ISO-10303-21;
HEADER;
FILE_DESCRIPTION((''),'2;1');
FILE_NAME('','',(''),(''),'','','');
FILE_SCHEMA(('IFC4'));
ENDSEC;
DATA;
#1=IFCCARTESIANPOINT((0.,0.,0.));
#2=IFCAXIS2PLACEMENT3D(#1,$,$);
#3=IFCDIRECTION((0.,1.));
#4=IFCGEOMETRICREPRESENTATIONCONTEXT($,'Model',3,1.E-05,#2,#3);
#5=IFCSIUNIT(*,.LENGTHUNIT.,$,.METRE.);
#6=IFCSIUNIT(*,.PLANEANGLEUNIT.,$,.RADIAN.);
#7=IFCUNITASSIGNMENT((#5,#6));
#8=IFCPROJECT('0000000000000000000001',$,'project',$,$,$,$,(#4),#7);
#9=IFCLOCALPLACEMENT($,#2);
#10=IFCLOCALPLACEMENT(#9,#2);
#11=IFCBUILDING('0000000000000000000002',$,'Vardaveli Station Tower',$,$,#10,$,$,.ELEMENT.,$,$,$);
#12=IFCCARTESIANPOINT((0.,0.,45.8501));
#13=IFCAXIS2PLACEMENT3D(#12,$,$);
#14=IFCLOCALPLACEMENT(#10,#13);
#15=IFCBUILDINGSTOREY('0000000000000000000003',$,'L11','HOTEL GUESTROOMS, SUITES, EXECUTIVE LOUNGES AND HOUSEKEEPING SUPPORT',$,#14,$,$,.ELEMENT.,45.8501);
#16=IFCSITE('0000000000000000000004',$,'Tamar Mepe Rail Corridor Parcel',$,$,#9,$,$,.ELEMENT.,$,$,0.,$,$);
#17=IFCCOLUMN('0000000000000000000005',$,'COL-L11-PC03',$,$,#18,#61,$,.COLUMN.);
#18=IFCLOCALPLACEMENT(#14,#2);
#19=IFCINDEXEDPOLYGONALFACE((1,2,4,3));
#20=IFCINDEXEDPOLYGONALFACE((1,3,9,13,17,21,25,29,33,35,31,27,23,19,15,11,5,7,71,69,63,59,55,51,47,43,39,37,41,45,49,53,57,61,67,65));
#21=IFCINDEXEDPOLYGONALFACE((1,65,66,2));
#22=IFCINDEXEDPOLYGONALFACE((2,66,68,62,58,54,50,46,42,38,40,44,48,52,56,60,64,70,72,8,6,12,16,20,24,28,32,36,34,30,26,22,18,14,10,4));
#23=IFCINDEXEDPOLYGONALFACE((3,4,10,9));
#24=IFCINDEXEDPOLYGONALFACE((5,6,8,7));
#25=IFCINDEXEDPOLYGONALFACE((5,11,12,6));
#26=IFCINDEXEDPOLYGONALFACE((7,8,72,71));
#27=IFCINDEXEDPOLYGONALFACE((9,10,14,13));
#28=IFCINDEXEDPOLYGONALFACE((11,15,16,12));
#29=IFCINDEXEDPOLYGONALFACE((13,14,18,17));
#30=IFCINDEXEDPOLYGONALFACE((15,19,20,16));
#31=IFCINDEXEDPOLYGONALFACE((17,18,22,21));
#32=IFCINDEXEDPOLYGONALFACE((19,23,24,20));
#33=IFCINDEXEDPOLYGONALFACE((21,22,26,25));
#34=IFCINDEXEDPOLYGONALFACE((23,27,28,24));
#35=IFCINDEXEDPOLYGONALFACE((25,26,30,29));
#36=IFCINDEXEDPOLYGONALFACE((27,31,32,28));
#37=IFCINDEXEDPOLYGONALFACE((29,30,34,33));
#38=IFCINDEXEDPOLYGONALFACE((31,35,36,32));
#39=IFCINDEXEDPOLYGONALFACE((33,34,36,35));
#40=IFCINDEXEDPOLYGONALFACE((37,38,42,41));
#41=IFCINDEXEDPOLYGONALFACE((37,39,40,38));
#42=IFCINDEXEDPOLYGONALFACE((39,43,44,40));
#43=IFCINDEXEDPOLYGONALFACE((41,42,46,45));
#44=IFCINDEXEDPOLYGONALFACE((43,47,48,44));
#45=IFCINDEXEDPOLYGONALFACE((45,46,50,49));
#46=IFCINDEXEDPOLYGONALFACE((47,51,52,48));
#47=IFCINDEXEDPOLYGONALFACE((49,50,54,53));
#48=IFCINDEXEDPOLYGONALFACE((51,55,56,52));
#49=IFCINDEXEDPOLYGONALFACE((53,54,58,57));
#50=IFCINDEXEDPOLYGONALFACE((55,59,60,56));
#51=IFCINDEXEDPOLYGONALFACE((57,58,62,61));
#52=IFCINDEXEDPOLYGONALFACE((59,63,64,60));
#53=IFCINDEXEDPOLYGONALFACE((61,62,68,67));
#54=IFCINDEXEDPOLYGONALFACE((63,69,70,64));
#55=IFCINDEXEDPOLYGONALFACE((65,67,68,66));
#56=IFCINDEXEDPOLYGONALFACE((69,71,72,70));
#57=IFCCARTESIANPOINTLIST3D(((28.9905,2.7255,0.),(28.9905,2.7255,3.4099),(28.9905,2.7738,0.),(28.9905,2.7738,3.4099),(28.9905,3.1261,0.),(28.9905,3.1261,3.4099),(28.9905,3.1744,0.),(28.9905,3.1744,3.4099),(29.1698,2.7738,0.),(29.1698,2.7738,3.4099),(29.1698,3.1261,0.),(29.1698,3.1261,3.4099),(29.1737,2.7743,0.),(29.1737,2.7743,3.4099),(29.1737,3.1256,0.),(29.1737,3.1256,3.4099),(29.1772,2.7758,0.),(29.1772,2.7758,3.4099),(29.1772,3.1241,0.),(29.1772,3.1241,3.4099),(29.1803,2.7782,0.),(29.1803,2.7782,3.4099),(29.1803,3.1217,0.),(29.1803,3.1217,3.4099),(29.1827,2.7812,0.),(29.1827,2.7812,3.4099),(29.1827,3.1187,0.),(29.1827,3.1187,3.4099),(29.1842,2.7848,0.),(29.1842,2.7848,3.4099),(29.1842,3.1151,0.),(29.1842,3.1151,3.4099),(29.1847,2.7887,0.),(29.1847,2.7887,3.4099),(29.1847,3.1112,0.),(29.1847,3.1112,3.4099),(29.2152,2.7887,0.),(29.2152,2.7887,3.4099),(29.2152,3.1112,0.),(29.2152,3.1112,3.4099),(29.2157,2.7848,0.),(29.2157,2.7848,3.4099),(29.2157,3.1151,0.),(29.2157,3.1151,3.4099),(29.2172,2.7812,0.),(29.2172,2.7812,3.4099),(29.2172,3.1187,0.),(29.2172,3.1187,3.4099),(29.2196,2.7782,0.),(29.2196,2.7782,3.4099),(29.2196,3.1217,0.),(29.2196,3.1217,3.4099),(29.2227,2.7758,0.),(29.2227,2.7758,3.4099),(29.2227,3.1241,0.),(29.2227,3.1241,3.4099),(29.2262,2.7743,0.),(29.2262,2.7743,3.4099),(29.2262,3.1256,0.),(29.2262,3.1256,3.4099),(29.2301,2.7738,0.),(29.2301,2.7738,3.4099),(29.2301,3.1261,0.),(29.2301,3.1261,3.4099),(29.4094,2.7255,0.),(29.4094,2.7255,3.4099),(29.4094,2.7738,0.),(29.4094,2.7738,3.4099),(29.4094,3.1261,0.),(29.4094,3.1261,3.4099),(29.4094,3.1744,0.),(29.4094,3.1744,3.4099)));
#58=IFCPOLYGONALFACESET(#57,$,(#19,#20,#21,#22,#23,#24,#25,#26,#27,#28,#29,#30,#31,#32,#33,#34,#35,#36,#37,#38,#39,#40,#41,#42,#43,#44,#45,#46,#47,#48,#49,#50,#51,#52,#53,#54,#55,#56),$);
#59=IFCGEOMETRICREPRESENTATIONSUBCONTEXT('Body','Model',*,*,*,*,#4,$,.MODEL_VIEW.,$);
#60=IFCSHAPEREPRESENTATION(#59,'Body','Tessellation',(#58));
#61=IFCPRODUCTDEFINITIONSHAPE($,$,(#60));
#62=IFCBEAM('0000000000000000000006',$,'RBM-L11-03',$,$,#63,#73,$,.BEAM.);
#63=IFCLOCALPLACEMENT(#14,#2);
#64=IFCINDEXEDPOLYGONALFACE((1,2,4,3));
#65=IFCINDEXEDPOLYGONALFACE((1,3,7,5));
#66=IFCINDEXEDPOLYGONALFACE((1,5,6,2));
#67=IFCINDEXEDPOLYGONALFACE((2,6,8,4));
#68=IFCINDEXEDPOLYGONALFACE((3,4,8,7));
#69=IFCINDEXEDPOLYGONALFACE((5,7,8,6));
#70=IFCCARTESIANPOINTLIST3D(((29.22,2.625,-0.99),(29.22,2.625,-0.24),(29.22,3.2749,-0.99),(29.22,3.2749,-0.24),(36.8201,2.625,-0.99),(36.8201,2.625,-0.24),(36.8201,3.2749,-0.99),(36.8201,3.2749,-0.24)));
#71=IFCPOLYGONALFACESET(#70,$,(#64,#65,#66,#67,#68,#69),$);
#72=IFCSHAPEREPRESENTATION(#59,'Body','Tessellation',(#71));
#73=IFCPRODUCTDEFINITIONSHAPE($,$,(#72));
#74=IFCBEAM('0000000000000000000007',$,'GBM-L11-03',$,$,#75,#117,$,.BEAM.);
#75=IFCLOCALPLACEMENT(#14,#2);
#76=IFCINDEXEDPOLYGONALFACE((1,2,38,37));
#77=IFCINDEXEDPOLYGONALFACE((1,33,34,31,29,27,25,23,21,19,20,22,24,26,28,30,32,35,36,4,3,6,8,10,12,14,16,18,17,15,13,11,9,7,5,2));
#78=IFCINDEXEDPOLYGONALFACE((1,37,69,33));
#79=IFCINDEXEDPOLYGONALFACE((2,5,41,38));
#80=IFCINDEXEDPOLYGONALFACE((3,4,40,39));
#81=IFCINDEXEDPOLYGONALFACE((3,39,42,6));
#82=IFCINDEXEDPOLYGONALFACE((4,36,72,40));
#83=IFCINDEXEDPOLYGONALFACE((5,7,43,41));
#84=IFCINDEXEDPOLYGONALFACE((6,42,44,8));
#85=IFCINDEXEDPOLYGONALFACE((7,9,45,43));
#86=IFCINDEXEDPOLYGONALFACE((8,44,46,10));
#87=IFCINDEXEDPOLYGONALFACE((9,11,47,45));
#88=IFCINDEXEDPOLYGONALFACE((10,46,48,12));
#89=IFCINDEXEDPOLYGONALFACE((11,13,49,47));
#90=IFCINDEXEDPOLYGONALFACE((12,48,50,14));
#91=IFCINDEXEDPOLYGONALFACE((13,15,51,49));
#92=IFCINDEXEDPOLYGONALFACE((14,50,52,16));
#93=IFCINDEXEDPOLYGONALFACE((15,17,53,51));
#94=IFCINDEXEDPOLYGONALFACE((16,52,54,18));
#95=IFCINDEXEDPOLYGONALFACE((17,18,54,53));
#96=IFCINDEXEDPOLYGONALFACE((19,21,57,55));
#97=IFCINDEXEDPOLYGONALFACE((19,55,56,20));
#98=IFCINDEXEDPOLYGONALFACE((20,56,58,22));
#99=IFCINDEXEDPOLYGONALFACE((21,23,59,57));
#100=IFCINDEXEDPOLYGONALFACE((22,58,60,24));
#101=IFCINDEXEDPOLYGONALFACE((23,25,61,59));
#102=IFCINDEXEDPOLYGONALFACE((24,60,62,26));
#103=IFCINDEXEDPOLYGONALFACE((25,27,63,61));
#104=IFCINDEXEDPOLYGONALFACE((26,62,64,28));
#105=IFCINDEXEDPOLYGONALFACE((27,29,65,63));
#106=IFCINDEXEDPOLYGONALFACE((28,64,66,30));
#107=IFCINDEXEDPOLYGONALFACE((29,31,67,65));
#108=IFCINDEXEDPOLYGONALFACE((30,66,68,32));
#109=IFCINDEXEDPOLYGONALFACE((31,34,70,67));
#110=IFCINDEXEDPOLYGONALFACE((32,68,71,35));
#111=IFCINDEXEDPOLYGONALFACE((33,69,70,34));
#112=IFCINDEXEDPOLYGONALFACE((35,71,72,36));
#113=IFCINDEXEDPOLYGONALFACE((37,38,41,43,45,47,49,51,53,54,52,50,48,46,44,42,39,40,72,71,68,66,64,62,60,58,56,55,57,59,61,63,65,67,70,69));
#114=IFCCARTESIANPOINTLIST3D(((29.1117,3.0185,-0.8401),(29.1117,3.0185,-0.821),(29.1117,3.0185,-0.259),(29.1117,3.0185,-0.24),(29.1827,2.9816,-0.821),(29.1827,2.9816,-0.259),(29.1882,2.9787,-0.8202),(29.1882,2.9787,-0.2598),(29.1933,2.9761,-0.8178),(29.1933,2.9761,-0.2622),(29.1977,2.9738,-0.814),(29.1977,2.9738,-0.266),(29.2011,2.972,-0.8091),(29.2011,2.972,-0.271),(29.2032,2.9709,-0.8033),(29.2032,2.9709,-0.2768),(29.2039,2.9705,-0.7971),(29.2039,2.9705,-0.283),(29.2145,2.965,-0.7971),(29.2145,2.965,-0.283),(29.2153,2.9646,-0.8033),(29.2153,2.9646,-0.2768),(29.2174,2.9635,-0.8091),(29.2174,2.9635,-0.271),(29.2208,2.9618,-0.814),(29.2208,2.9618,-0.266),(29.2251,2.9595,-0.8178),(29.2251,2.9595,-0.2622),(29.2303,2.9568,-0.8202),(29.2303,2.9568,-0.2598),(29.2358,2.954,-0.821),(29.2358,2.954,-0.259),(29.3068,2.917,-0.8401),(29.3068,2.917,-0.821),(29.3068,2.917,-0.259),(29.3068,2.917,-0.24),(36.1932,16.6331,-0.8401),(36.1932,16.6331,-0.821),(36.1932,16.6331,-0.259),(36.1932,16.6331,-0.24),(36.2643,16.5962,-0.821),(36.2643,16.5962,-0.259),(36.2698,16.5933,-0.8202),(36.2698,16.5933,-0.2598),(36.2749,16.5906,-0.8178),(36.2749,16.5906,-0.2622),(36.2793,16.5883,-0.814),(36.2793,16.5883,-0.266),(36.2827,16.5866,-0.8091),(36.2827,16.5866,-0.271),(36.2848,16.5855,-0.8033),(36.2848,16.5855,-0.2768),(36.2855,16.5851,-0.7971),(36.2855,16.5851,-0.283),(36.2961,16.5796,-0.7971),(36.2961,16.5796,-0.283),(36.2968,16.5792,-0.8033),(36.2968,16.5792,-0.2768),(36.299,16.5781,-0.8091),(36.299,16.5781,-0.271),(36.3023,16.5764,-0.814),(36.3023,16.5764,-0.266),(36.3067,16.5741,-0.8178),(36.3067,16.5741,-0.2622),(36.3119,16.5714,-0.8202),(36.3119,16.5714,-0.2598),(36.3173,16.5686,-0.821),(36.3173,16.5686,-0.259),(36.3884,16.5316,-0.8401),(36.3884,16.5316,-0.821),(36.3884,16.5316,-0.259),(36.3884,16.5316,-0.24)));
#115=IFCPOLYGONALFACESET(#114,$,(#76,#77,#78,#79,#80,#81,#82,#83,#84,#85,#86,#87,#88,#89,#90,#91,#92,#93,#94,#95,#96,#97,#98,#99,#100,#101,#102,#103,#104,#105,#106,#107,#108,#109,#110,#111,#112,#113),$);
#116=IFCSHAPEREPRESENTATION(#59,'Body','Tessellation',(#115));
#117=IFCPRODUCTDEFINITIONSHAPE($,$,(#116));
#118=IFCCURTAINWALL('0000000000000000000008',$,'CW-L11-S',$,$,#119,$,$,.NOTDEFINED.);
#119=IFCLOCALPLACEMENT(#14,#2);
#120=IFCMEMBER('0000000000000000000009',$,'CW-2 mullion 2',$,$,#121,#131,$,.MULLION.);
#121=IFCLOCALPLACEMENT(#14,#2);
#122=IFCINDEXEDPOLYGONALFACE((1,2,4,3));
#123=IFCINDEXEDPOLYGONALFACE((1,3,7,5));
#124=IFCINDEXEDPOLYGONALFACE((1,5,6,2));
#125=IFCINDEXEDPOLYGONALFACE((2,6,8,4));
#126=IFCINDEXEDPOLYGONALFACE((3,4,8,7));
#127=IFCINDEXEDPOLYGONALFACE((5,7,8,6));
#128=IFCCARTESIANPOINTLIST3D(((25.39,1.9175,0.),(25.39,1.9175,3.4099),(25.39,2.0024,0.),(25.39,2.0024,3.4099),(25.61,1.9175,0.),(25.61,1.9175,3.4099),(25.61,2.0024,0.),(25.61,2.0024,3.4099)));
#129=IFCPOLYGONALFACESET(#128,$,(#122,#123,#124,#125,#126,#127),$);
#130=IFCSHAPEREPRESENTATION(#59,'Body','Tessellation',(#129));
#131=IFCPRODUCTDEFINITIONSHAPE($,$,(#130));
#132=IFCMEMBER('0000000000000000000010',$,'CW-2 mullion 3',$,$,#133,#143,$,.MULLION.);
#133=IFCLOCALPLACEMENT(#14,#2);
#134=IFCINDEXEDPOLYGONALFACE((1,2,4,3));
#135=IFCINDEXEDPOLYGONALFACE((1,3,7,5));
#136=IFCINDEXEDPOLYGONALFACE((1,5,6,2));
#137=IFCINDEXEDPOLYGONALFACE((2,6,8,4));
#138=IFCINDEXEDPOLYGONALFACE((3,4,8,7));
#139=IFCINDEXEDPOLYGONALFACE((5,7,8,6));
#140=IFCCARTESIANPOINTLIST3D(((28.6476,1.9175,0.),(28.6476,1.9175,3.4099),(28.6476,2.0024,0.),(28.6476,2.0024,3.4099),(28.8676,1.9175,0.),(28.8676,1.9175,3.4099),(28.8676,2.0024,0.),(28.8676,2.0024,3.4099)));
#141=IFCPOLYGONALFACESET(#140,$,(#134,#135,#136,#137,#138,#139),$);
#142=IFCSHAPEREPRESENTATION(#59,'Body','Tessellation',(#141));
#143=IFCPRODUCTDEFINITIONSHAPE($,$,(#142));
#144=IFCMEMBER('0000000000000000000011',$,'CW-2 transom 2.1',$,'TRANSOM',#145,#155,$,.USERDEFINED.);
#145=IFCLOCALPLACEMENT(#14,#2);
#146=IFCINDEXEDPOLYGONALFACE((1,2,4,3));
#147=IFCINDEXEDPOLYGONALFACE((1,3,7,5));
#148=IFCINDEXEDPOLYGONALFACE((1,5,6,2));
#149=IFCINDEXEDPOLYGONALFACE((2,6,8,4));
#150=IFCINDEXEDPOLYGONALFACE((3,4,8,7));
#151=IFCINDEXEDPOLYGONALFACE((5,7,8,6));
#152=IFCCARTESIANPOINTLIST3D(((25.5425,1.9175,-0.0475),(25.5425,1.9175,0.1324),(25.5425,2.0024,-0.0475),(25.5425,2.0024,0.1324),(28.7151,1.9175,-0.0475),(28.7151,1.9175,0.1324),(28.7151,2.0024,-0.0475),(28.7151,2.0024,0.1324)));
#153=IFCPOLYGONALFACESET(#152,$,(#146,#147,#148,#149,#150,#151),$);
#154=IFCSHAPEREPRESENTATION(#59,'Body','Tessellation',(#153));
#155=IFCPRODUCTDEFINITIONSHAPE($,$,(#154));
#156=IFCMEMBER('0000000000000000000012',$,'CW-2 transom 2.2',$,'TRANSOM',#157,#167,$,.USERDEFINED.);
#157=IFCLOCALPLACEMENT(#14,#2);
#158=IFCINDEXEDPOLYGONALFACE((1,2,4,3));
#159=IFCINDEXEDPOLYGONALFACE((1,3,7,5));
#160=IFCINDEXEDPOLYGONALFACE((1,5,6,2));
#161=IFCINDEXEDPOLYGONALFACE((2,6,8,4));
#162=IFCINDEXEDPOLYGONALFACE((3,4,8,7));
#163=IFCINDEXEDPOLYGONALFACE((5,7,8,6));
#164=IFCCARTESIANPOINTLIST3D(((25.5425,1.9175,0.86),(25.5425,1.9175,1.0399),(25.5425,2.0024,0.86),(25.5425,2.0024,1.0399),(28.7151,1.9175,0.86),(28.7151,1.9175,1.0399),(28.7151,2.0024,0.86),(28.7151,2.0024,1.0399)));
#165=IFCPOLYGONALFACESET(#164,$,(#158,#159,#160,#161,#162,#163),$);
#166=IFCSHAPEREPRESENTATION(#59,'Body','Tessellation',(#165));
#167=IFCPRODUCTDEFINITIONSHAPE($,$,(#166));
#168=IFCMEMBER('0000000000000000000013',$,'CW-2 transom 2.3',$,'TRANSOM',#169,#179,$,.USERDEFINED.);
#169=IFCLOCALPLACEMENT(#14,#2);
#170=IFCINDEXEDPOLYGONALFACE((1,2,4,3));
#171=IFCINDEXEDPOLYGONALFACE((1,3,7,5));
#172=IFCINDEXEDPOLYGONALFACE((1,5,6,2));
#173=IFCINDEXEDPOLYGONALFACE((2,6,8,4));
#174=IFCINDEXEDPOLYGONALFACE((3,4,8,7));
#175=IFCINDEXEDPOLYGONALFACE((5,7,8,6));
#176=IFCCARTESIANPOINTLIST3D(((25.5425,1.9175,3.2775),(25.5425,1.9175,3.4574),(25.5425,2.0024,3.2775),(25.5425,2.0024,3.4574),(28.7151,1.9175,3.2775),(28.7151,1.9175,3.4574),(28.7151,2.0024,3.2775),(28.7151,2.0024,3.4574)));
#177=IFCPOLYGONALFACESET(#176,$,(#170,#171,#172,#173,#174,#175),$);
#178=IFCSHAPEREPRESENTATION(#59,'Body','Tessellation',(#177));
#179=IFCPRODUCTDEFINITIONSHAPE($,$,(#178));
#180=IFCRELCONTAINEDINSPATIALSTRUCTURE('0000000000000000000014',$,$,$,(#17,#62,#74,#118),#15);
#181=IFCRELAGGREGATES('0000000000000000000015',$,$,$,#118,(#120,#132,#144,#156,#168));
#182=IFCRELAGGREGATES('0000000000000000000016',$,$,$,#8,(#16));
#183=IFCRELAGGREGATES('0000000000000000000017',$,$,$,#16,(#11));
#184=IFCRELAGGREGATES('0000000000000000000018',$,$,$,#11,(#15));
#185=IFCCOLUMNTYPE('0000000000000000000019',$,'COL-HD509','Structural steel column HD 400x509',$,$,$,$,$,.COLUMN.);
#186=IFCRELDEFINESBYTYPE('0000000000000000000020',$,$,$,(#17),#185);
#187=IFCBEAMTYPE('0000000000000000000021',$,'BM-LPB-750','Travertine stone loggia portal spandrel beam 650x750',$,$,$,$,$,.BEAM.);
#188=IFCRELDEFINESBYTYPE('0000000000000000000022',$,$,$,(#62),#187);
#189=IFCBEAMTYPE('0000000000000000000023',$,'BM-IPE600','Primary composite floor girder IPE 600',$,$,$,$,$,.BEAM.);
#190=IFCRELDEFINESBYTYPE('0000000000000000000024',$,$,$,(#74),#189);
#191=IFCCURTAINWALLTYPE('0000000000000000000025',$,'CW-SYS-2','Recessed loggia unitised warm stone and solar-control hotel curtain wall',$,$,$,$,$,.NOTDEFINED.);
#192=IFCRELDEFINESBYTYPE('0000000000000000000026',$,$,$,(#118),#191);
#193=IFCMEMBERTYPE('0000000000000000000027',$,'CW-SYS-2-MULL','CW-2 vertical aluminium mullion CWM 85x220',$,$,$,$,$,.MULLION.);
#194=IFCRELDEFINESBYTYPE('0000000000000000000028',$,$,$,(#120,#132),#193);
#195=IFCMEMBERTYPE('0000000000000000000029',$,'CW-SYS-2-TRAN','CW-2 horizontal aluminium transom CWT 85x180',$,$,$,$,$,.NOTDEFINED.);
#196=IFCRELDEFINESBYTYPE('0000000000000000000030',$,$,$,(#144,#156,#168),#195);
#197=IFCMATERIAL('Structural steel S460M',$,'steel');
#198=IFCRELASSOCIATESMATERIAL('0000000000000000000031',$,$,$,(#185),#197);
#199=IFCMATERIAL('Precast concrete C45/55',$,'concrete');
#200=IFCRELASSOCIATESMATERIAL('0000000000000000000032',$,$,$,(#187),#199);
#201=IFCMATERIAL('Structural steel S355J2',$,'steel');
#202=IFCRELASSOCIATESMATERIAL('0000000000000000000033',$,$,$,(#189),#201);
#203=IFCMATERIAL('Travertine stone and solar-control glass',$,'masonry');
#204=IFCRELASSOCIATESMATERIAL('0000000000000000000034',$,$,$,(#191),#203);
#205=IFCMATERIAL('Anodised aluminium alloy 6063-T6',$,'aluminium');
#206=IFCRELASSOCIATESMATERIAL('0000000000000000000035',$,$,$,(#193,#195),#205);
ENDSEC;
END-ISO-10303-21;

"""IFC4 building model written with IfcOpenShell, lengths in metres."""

from ifc_helpers import new_model, si_unit, direction, frame, origin, origin_2d, place, context, subcontext, project, spatial, rectangle, i_section, extrude, source, transform, mapped, material, material_profile, profile_set, type_object, element, aggregate, save


model = new_model("IFC4")

# Units and contexts
model_context = context("Model", 3, precision=1e-05, world=origin(), true_north=direction((0.0, 1.0)))
body_context = subcontext(model_context, "Body", "Model", "MODEL_VIEW")
ifc_project = project(units=[si_unit("LENGTHUNIT", "METRE"), si_unit("PLANEANGLEUNIT", "RADIAN")], contexts=[model_context])

# Site, building, storey
site_placement = place(None, origin())
site = spatial("IfcSite", under=ifc_project, at=site_placement, Name="Tamar Mepe Rail Corridor Parcel", CompositionType="ELEMENT", RefElevation=0.0)
building_placement = place(site_placement, origin())
building = spatial("IfcBuilding", under=site, at=building_placement, Name="Vardaveli Station Tower", CompositionType="ELEMENT")
storey_placement = place(building_placement, frame((0.0, 0.0, 45.8501)))
storey = spatial("IfcBuildingStorey", under=building, at=storey_placement, Name="L11", Description="HOTEL GUESTROOMS, SUITES, EXECUTIVE LOUNGES AND HOUSEKEEPING SUPPORT", CompositionType="ELEMENT", Elevation=45.8501)

# Column
ifc_material_1 = material(Name="Structural steel S460M", Category="steel")
ifc_material_profile_1 = material_profile(ifc_material_1, i_section(OverallWidth=0.4189, OverallDepth=0.449, WebThickness=0.0305, FlangeThickness=0.0483, FilletRadius=0.0149, at=origin_2d()), Name="HD 400x509")
ifc_profile_set_1 = profile_set([ifc_material_profile_1], Name="Structural steel S460M")
column_type = type_object("IfcColumnType", Name="COL-HD509", Description="Structural steel column HD 400x509", PredefinedType="COLUMN", material=ifc_profile_set_1)
shared_shape_1 = source(origin(), body_context, "Body", "SweptSolid", [
    extrude(i_section(OverallWidth=0.4189, OverallDepth=0.449, WebThickness=0.0305, FlangeThickness=0.0483, FilletRadius=0.0149, at=origin_2d()), origin(), (0.0, 0.0, 1.0), 3.4099),
])
column_placement = place(storey_placement, frame((29.2, 2.95, 0.0), z_axis=(0.0, 0.0, 1.0), x_axis=(1.0, 0.0, 0.0)))
element("IfcColumn", 1, at=column_placement, inside=storey, type_object=column_type, Name="COL-L11-PC03", PredefinedType="COLUMN", context=body_context, shape_type="MappedRepresentation", body=[
    mapped(shared_shape_1, transform((0.0, 0.0, 0.0), scale=1.0)),
])

# Beams
ifc_material_2 = material(Name="Precast concrete C45/55", Category="concrete")
ifc_material_profile_2 = material_profile(ifc_material_2, rectangle(XDim=0.6499, YDim=0.75, at=origin_2d()), Name="LPB 650x750")
ifc_profile_set_2 = profile_set([ifc_material_profile_2], Name="Precast concrete C45/55")
beam_type_1 = type_object("IfcBeamType", Name="BM-LPB-750", Description="Travertine stone loggia portal spandrel beam 650x750", PredefinedType="BEAM", material=ifc_profile_set_2)
shared_shape_2 = source(origin(), body_context, "Body", "SweptSolid", [
    extrude(rectangle(XDim=0.6499, YDim=0.75, at=origin_2d()), origin(), (0.0, 0.0, 1.0), 7.6001),
])
beam_1_placement = place(storey_placement, frame((29.22, 2.95, -0.615), z_axis=(1.0, 0.0, 0.0), x_axis=(0.0, 1.0, 0.0)))
element("IfcBeam", 2, at=beam_1_placement, inside=storey, type_object=beam_type_1, Name="RBM-L11-03", PredefinedType="BEAM", context=body_context, shape_type="MappedRepresentation", body=[
    mapped(shared_shape_2, transform((0.0, 0.0, 0.0), scale=1.0)),
])
ifc_material_3 = material(Name="Structural steel S355J2", Category="steel")
ifc_material_profile_3 = material_profile(ifc_material_3, i_section(OverallWidth=0.22, OverallDepth=0.6001, WebThickness=0.012, FlangeThickness=0.019, FilletRadius=0.0239, at=origin_2d()), Name="IPE 600")
ifc_profile_set_3 = profile_set([ifc_material_profile_3], Name="Structural steel S355J2")
beam_type_2 = type_object("IfcBeamType", Name="BM-IPE600", Description="Primary composite floor girder IPE 600", PredefinedType="BEAM", material=ifc_profile_set_3)
shared_shape_3 = source(origin(), body_context, "Body", "SweptSolid", [
    extrude(i_section(OverallWidth=0.22, OverallDepth=0.6001, WebThickness=0.012, FlangeThickness=0.019, FilletRadius=0.0239, at=origin_2d()), origin(), (0.0, 0.0, 1.0), 15.3462),
])
beam_2_placement = place(storey_placement, frame((29.2092, 2.9678, -0.54), z_axis=(0.461455, 0.887163, 0.0), x_axis=(-0.887163, 0.461455, 0.0)))
element("IfcBeam", 3, at=beam_2_placement, inside=storey, type_object=beam_type_2, Name="GBM-L11-03", PredefinedType="BEAM", context=body_context, shape_type="MappedRepresentation", body=[
    mapped(shared_shape_3, transform((0.0, 0.0, 0.0), scale=1.0)),
])

# Curtain wall, members
ifc_material_4 = material(Name="Travertine stone and solar-control glass", Category="masonry")
curtain_wall_type = type_object("IfcCurtainWallType", Name="CW-SYS-2", Description="Recessed loggia unitised warm stone and solar-control hotel curtain wall", PredefinedType="NOTDEFINED", material=ifc_material_4)
curtain_wall_placement = place(storey_placement, origin())
curtain_wall = element("IfcCurtainWall", 4, at=curtain_wall_placement, inside=storey, type_object=curtain_wall_type, Name="CW-L11-S", PredefinedType="NOTDEFINED")
ifc_material_5 = material(Name="Anodised aluminium alloy 6063-T6", Category="aluminium")
ifc_material_profile_4 = material_profile(ifc_material_5, rectangle(XDim=0.085, YDim=0.22, at=origin_2d()), Name="CWM 85x220")
ifc_profile_set_4 = profile_set([ifc_material_profile_4], Name="Anodised aluminium alloy 6063-T6")
member_type_1 = type_object("IfcMemberType", Name="CW-SYS-2-MULL", Description="CW-2 vertical aluminium mullion CWM 85x220", PredefinedType="MULLION", material=ifc_profile_set_4)
shared_shape_4 = source(origin(), body_context, "Body", "SweptSolid", [
    extrude(rectangle(XDim=0.085, YDim=0.22, at=origin_2d()), origin(), (0.0, 0.0, 1.0), 3.4099),
])
member_1_placement = place(storey_placement, frame((25.5, 1.96, 0.0), z_axis=(0.0, 0.0, 1.0), x_axis=(0.0, 1.0, 0.0)))
member_1 = element("IfcMember", 5, at=member_1_placement, type_object=member_type_1, Name="CW-2 mullion 2", PredefinedType="MULLION", context=body_context, shape_type="MappedRepresentation", body=[
    mapped(shared_shape_4, transform((0.0, 0.0, 0.0), scale=1.0)),
])
member_2_placement = place(storey_placement, frame((28.7576, 1.96, 0.0), z_axis=(0.0, 0.0, 1.0), x_axis=(0.0, 1.0, 0.0)))
member_2 = element("IfcMember", 6, at=member_2_placement, type_object=member_type_1, Name="CW-2 mullion 3", PredefinedType="MULLION", context=body_context, shape_type="MappedRepresentation", body=[
    mapped(shared_shape_4, transform((0.0, 0.0, 0.0), scale=1.0)),
])
ifc_material_profile_5 = material_profile(ifc_material_5, rectangle(XDim=0.085, YDim=0.1799, at=origin_2d()), Name="CWT 85x180")
ifc_profile_set_5 = profile_set([ifc_material_profile_5], Name="Anodised aluminium alloy 6063-T6")
member_type_2 = type_object("IfcMemberType", Name="CW-SYS-2-TRAN", Description="CW-2 horizontal aluminium transom CWT 85x180", PredefinedType="NOTDEFINED", material=ifc_profile_set_5)
shared_shape_5 = source(origin(), body_context, "Body", "SweptSolid", [
    extrude(rectangle(XDim=0.085, YDim=0.1799, at=origin_2d()), origin(), (0.0, 0.0, 1.0), 3.1726),
])
member_3_placement = place(storey_placement, frame((25.5425, 1.96, 0.0425), z_axis=(1.0, 0.0, 0.0), x_axis=(0.0, 1.0, 0.0)))
member_3 = element("IfcMember", 7, at=member_3_placement, type_object=member_type_2, Name="CW-2 transom 2.1", ObjectType="TRANSOM", PredefinedType="USERDEFINED", context=body_context, shape_type="MappedRepresentation", body=[
    mapped(shared_shape_5, transform((0.0, 0.0, 0.0), scale=1.0)),
])
member_4_placement = place(storey_placement, frame((25.5425, 1.96, 0.95), z_axis=(1.0, 0.0, 0.0), x_axis=(0.0, 1.0, 0.0)))
member_4 = element("IfcMember", 8, at=member_4_placement, type_object=member_type_2, Name="CW-2 transom 2.2", ObjectType="TRANSOM", PredefinedType="USERDEFINED", context=body_context, shape_type="MappedRepresentation", body=[
    mapped(shared_shape_5, transform((0.0, 0.0, 0.0), scale=1.0)),
])
member_5_placement = place(storey_placement, frame((25.5425, 1.96, 3.3674), z_axis=(1.0, 0.0, 0.0), x_axis=(0.0, 1.0, 0.0)))
member_5 = element("IfcMember", 9, at=member_5_placement, type_object=member_type_2, Name="CW-2 transom 2.3", ObjectType="TRANSOM", PredefinedType="USERDEFINED", context=body_context, shape_type="MappedRepresentation", body=[
    mapped(shared_shape_5, transform((0.0, 0.0, 0.0), scale=1.0)),
])
aggregate(curtain_wall, [member_1, member_2, member_3, member_4, member_5])

save(model, "model.ifc")
